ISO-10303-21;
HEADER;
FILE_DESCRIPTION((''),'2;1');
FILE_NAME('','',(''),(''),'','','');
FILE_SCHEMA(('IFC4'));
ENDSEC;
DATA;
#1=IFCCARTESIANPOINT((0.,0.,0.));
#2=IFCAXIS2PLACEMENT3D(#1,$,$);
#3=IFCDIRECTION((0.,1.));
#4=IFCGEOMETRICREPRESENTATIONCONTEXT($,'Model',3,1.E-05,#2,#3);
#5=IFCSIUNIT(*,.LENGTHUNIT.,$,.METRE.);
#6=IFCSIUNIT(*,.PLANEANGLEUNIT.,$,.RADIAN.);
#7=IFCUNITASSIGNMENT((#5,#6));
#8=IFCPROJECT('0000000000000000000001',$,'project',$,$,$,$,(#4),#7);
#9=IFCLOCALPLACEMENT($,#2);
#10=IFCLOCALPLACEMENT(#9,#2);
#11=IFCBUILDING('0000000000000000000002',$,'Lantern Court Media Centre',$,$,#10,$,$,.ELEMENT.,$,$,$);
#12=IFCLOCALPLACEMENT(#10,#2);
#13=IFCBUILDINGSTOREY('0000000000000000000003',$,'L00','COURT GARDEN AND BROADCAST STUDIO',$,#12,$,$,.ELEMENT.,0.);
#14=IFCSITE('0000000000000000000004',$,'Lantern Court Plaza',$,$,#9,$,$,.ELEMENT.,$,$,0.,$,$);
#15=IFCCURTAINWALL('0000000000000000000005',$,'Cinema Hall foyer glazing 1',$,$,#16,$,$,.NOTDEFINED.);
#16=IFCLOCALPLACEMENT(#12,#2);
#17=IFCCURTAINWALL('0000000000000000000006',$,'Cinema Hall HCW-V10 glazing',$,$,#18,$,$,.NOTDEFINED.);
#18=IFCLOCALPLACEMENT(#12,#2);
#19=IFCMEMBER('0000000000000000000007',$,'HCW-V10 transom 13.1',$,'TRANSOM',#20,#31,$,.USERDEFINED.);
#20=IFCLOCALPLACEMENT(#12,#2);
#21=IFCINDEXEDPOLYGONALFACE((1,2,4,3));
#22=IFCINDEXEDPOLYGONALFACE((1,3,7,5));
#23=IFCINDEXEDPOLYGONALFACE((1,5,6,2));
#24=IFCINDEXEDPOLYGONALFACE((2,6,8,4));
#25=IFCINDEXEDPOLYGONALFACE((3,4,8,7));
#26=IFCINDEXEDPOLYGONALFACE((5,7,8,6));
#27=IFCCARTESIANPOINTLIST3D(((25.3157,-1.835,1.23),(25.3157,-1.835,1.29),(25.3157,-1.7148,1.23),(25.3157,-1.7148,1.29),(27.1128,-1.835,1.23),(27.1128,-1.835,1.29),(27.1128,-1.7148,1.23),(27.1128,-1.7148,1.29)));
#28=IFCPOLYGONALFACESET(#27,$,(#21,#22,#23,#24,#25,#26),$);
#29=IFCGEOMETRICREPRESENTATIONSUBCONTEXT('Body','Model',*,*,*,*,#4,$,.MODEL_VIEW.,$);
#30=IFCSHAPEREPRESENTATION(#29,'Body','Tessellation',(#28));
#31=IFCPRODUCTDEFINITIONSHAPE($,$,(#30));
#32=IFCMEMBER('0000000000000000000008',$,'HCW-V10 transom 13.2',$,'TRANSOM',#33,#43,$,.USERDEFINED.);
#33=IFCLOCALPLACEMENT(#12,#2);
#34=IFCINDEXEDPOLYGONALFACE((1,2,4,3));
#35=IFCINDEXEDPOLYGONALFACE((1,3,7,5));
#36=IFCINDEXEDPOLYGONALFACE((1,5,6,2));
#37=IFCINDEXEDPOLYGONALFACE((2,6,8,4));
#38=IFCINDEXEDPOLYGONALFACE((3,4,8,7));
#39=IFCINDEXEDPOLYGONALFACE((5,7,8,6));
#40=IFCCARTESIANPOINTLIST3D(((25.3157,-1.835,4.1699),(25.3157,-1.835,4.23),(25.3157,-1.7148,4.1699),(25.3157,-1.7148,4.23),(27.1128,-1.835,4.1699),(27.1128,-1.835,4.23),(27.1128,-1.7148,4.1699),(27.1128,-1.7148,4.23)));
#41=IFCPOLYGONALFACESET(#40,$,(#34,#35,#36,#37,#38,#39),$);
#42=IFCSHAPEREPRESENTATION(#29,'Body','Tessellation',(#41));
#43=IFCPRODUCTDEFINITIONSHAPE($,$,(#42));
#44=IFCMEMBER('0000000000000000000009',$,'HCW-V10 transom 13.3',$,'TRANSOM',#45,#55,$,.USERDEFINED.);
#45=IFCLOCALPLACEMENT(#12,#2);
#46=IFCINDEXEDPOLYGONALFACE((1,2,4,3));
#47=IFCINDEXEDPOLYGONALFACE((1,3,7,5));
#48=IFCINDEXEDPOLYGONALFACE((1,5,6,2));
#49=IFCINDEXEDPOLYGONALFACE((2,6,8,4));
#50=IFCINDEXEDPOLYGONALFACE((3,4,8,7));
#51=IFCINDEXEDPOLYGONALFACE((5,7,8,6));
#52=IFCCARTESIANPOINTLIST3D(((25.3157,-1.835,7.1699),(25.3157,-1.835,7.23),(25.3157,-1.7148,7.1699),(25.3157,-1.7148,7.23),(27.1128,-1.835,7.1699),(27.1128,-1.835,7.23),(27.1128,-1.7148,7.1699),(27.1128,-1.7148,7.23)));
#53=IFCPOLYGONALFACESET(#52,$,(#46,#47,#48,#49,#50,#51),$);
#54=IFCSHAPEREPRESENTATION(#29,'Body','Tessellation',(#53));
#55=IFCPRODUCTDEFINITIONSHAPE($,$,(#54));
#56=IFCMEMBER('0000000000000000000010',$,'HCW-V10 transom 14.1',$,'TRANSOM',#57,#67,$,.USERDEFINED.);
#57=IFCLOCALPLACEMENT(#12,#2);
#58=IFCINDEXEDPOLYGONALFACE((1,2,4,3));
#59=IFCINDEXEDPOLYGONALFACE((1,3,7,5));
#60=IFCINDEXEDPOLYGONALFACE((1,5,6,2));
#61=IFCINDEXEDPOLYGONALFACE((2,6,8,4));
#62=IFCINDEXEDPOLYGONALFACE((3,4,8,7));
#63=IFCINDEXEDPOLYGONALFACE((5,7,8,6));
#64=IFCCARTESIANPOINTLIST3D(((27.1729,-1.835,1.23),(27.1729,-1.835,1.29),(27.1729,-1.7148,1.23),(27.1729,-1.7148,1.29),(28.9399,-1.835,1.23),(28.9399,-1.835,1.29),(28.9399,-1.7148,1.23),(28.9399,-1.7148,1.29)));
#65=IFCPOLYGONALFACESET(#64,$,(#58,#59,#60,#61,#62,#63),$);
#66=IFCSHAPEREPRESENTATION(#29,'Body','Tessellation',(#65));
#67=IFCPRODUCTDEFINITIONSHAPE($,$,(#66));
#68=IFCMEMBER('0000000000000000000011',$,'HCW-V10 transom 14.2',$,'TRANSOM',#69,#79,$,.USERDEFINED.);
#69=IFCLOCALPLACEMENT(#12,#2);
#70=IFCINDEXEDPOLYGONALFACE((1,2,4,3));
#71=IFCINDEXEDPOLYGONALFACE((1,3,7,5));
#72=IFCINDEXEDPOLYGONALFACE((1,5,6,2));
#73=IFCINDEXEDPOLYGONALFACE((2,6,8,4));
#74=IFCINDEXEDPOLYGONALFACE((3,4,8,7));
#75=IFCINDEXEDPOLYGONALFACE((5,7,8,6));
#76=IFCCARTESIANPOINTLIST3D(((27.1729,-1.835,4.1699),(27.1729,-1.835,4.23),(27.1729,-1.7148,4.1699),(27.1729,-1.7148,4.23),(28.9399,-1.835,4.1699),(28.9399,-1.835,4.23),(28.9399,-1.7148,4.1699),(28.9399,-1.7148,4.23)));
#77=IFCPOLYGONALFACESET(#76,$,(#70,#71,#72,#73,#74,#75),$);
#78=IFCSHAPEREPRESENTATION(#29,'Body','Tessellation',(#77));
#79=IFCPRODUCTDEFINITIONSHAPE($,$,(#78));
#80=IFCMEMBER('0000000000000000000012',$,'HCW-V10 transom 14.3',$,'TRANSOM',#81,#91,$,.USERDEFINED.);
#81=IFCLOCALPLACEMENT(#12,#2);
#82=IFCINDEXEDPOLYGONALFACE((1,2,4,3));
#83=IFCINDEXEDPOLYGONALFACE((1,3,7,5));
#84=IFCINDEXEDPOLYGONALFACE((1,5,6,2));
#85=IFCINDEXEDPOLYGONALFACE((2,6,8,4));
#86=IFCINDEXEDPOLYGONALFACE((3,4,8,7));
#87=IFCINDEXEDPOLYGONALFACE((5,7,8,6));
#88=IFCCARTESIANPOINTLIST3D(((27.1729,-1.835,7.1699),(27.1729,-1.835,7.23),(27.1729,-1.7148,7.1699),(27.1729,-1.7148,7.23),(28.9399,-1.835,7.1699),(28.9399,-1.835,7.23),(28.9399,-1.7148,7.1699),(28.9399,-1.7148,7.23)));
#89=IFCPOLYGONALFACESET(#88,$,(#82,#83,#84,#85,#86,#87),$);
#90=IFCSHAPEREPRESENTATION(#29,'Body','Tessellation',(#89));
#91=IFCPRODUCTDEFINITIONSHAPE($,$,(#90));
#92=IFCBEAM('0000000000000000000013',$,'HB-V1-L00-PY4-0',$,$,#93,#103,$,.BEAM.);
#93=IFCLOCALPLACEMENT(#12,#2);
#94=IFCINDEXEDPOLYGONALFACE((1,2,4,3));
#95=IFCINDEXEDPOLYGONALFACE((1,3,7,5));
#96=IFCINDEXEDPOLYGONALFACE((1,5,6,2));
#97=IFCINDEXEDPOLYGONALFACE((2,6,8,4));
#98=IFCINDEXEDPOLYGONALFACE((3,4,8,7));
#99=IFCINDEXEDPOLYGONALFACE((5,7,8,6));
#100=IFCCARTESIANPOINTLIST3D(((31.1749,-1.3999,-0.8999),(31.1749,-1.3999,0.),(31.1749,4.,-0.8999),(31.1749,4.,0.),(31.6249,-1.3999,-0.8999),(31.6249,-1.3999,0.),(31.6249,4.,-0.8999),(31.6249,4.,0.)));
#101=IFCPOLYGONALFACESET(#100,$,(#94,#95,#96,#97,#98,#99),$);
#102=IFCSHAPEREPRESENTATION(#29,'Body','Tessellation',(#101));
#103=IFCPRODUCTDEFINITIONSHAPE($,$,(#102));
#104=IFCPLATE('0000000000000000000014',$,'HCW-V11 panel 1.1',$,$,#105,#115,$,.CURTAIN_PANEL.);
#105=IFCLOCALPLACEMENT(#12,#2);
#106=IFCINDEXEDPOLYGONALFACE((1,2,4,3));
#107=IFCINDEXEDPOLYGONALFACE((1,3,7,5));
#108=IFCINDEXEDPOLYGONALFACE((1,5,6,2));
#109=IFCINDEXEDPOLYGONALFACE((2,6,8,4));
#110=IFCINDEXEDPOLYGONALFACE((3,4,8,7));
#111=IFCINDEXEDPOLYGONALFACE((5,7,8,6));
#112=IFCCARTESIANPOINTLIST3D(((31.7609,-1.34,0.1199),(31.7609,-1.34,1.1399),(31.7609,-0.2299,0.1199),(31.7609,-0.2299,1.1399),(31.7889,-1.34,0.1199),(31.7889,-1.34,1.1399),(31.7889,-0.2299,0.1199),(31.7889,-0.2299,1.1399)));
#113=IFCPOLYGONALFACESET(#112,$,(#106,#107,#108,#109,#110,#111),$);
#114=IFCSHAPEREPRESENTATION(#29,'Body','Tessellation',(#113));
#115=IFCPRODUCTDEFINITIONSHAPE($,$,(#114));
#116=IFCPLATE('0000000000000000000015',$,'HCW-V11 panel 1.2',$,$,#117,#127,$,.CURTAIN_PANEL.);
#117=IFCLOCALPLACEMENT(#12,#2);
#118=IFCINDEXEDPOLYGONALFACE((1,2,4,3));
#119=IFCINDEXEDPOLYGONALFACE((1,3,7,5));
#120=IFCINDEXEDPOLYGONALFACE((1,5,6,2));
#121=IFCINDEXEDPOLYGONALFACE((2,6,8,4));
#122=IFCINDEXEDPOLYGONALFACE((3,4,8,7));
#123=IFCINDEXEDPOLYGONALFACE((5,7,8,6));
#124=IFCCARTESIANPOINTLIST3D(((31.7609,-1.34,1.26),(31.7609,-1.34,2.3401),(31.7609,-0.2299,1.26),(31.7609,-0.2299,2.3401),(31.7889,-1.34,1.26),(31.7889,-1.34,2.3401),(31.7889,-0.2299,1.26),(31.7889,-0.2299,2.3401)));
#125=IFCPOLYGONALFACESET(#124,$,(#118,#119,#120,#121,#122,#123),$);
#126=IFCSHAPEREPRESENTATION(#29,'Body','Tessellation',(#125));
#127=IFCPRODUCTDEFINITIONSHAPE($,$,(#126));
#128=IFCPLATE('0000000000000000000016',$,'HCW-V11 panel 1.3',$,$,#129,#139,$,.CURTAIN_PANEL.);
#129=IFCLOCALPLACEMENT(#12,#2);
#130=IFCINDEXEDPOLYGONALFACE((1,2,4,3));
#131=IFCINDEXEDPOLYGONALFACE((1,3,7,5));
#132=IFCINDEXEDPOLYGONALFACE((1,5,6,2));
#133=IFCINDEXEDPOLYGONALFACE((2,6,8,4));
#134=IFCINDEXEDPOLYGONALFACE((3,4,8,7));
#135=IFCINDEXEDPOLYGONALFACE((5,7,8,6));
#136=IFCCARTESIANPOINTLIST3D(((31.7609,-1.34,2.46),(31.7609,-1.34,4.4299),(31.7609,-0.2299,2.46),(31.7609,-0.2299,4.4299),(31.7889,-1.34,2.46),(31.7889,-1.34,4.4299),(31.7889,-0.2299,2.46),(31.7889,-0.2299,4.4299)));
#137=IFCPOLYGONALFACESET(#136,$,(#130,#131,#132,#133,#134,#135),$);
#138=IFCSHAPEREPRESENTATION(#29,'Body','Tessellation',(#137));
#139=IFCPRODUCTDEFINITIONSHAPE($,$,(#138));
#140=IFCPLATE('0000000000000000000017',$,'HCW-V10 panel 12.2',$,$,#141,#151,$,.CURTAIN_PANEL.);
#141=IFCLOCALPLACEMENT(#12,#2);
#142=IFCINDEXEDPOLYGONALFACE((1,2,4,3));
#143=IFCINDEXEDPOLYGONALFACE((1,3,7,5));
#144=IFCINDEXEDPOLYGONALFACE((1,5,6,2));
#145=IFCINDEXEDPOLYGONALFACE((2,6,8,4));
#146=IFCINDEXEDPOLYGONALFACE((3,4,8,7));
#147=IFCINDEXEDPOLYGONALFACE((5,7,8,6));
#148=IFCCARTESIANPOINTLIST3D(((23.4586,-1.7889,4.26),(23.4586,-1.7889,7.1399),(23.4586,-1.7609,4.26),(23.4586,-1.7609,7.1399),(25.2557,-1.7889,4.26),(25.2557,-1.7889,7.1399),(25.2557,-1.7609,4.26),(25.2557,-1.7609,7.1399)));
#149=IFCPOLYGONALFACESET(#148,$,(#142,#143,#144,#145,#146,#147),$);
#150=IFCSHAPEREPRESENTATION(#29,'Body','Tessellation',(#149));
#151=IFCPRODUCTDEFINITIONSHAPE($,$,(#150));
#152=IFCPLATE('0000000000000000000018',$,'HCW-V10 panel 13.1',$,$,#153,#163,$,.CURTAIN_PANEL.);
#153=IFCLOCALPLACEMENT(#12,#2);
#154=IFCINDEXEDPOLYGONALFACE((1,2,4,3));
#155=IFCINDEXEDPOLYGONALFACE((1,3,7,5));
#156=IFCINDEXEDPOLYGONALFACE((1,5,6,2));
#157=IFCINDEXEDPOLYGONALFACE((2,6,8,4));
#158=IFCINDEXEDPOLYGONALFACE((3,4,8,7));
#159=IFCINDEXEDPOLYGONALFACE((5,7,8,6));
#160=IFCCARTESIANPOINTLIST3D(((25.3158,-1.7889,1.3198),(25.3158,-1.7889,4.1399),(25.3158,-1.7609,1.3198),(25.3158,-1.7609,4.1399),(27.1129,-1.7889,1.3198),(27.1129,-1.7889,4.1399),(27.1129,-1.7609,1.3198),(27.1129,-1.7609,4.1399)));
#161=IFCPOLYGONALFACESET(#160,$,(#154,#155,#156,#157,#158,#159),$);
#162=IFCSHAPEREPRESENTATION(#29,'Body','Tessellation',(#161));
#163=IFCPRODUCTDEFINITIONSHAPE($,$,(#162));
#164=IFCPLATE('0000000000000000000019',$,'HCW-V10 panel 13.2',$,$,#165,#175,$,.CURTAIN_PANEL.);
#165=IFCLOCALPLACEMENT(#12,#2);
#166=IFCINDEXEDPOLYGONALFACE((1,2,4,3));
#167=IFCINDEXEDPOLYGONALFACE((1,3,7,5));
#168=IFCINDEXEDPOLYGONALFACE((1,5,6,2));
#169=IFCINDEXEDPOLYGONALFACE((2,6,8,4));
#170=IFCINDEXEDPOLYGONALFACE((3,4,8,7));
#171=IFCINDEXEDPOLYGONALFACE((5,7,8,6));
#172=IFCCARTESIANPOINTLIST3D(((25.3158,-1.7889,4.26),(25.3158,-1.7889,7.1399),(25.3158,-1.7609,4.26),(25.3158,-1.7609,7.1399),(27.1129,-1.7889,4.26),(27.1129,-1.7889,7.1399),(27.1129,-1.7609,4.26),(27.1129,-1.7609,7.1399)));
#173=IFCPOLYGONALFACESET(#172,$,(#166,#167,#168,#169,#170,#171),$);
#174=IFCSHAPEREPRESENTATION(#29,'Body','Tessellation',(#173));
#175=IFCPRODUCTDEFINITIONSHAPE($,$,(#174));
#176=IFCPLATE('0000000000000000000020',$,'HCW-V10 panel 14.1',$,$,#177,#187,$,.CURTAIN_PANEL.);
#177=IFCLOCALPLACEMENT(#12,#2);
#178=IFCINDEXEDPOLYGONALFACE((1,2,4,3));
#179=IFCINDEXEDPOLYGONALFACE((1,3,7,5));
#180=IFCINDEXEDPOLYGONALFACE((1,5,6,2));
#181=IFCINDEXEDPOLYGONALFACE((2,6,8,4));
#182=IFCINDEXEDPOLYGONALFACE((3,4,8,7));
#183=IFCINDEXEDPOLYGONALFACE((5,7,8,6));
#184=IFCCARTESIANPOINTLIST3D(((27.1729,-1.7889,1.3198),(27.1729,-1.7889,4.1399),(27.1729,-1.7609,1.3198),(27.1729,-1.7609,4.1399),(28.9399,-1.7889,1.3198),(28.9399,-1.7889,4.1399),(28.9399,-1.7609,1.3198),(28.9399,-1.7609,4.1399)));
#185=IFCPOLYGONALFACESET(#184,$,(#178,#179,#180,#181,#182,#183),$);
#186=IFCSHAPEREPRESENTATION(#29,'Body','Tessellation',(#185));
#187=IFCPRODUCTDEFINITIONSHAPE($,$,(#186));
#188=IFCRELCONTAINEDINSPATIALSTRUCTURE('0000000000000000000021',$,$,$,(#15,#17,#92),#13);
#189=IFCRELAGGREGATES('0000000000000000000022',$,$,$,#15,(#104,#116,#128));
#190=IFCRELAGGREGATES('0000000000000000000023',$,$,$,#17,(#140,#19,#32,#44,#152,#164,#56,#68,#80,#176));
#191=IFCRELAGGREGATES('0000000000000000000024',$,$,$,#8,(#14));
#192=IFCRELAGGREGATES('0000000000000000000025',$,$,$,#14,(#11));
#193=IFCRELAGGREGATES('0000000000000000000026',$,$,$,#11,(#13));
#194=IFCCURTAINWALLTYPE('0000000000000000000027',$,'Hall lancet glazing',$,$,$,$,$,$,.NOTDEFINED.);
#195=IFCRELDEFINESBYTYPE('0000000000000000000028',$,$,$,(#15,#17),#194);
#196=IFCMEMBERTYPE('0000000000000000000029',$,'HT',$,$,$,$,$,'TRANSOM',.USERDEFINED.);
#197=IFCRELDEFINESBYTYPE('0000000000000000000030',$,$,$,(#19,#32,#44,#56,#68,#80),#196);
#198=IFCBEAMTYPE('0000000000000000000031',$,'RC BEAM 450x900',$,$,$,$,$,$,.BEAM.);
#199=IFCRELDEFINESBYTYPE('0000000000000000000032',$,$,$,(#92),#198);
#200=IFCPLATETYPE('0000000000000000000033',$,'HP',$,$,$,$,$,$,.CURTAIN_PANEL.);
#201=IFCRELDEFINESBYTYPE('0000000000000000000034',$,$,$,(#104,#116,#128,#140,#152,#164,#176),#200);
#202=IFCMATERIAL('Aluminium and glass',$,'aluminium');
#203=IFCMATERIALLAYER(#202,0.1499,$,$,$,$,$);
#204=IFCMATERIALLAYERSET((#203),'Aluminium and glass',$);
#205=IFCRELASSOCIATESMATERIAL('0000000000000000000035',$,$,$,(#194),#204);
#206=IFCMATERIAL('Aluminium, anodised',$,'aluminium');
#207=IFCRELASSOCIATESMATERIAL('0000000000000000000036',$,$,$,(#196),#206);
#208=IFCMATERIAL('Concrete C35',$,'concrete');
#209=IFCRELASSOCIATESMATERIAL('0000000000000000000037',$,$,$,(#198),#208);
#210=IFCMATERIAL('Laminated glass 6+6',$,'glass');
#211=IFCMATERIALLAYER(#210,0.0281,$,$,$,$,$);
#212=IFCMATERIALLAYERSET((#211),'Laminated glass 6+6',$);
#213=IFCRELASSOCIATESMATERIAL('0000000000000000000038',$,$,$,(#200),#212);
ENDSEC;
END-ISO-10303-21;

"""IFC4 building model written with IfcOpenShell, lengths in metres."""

from ifc_helpers import new_model, si_unit, direction, frame, origin, origin_2d, place, context, subcontext, project, spatial, rectangle, extrude, material, layer, layer_set, material_profile, profile_set, type_object, element, aggregate, save


model = new_model("IFC4")

# Units and contexts
model_context = context("Model", 3, precision=1e-05, world=origin(), true_north=direction((0.0, 1.0)))
body_context = subcontext(model_context, "Body", "Model", "MODEL_VIEW")
ifc_project = project(units=[si_unit("LENGTHUNIT", "METRE"), si_unit("PLANEANGLEUNIT", "RADIAN")], contexts=[model_context])

# Site, building, storey
site_placement = place(None, origin())
site = spatial("IfcSite", under=ifc_project, at=site_placement, Name="Lantern Court Plaza", CompositionType="ELEMENT", RefElevation=0.0)
building_placement = place(site_placement, origin())
building = spatial("IfcBuilding", under=site, at=building_placement, Name="Lantern Court Media Centre", CompositionType="ELEMENT")
storey_placement = place(building_placement, origin())
storey = spatial("IfcBuildingStorey", under=building, at=storey_placement, Name="L00", Description="COURT GARDEN AND BROADCAST STUDIO", CompositionType="ELEMENT", Elevation=0.0)

# Shared definitions
ifc_material_1 = material(Name="Concrete C35", Category="concrete")

# Curtain walls
ifc_material_2 = material(Name="Aluminium and glass", Category="aluminium")
ifc_layer_1 = layer(ifc_material_2, 0.1499)
ifc_layer_set_1 = layer_set([ifc_layer_1], Name="Aluminium and glass")
curtain_wall_type = type_object("IfcCurtainWallType", Name="Hall lancet glazing", PredefinedType="NOTDEFINED", material=ifc_layer_set_1)
curtain_wall_1_placement = place(storey_placement, origin())
curtain_wall_1 = element("IfcCurtainWall", 1, at=curtain_wall_1_placement, inside=storey, type_object=curtain_wall_type, Name="Cinema Hall foyer glazing 1", PredefinedType="NOTDEFINED")
ifc_material_3 = material(Name="Aluminium, anodised", Category="aluminium")
curtain_wall_2_placement = place(storey_placement, origin())
curtain_wall_2 = element("IfcCurtainWall", 2, at=curtain_wall_2_placement, inside=storey, type_object=curtain_wall_type, Name="Cinema Hall HCW-V10 glazing", PredefinedType="NOTDEFINED")

# Members
ifc_material_profile_1 = material_profile(ifc_material_3, rectangle(XDim=0.1201, YDim=0.0601, at=origin_2d()), Name="HT")
ifc_profile_set_1 = profile_set([ifc_material_profile_1], Name="Aluminium, anodised")
member_type_1 = type_object("IfcMemberType", Name="HT", ElementType="TRANSOM", PredefinedType="USERDEFINED", material=ifc_profile_set_1)
member_1_placement = place(storey_placement, frame((25.3157, -1.7749, 1.26), z_axis=(1.0, 0.0, 0.0), x_axis=(0.0, 1.0, 0.0)))
member_1 = element("IfcMember", 3, at=member_1_placement, type_object=member_type_1, Name="HCW-V10 transom 13.1", ObjectType="TRANSOM", PredefinedType="USERDEFINED", context=body_context, shape_type="SweptSolid", body=[
    extrude(rectangle(XDim=0.1201, YDim=0.0601, at=origin_2d()), origin(), (0.0, 0.0, 1.0), 1.7971),
])
member_2_placement = place(storey_placement, frame((25.3157, -1.7749, 4.2), z_axis=(1.0, 0.0, 0.0), x_axis=(0.0, 1.0, 0.0)))
member_2 = element("IfcMember", 4, at=member_2_placement, type_object=member_type_1, Name="HCW-V10 transom 13.2", ObjectType="TRANSOM", PredefinedType="USERDEFINED", context=body_context, shape_type="SweptSolid", body=[
    extrude(rectangle(XDim=0.1201, YDim=0.0601, at=origin_2d()), origin(), (0.0, 0.0, 1.0), 1.7971),
])
member_3_placement = place(storey_placement, frame((25.3157, -1.7749, 7.2), z_axis=(1.0, 0.0, 0.0), x_axis=(0.0, 1.0, 0.0)))
member_3 = element("IfcMember", 5, at=member_3_placement, type_object=member_type_1, Name="HCW-V10 transom 13.3", ObjectType="TRANSOM", PredefinedType="USERDEFINED", context=body_context, shape_type="SweptSolid", body=[
    extrude(rectangle(XDim=0.1201, YDim=0.0601, at=origin_2d()), origin(), (0.0, 0.0, 1.0), 1.7971),
])
member_4_placement = place(storey_placement, frame((27.1729, -1.7749, 1.26), z_axis=(1.0, 0.0, 0.0), x_axis=(0.0, 1.0, 0.0)))
member_4 = element("IfcMember", 6, at=member_4_placement, type_object=member_type_1, Name="HCW-V10 transom 14.1", ObjectType="TRANSOM", PredefinedType="USERDEFINED", context=body_context, shape_type="SweptSolid", body=[
    extrude(rectangle(XDim=0.1201, YDim=0.0601, at=origin_2d()), origin(), (0.0, 0.0, 1.0), 1.7671),
])
member_5_placement = place(storey_placement, frame((27.1729, -1.7749, 4.2), z_axis=(1.0, 0.0, 0.0), x_axis=(0.0, 1.0, 0.0)))
member_5 = element("IfcMember", 7, at=member_5_placement, type_object=member_type_1, Name="HCW-V10 transom 14.2", ObjectType="TRANSOM", PredefinedType="USERDEFINED", context=body_context, shape_type="SweptSolid", body=[
    extrude(rectangle(XDim=0.1201, YDim=0.0601, at=origin_2d()), origin(), (0.0, 0.0, 1.0), 1.7671),
])
member_6_placement = place(storey_placement, frame((27.1729, -1.7749, 7.2), z_axis=(1.0, 0.0, 0.0), x_axis=(0.0, 1.0, 0.0)))
member_6 = element("IfcMember", 8, at=member_6_placement, type_object=member_type_1, Name="HCW-V10 transom 14.3", ObjectType="TRANSOM", PredefinedType="USERDEFINED", context=body_context, shape_type="SweptSolid", body=[
    extrude(rectangle(XDim=0.1201, YDim=0.0601, at=origin_2d()), origin(), (0.0, 0.0, 1.0), 1.7671),
])

# Beam
ifc_material_profile_2 = material_profile(ifc_material_1, rectangle(XDim=0.45, YDim=0.8999, at=origin_2d()), Name="RC 450x900")
ifc_profile_set_2 = profile_set([ifc_material_profile_2], Name="Concrete C35")
beam_type = type_object("IfcBeamType", Name="RC BEAM 450x900", PredefinedType="BEAM", material=ifc_profile_set_2)
beam_placement = place(storey_placement, frame((31.3999, -1.3999, -0.45), z_axis=(0.0, 1.0, 0.0), x_axis=(-1.0, 0.0, 0.0)))
element("IfcBeam", 9, at=beam_placement, inside=storey, type_object=beam_type, Name="HB-V1-L00-PY4-0", PredefinedType="BEAM", context=body_context, shape_type="SweptSolid", body=[
    extrude(rectangle(XDim=0.45, YDim=0.8999, at=origin_2d()), origin(), (0.0, 0.0, 1.0), 5.3999),
])

# Plates
ifc_material_4 = material(Name="Laminated glass 6+6", Category="glass")
ifc_layer_2 = layer(ifc_material_4, 0.0281)
ifc_layer_set_2 = layer_set([ifc_layer_2], Name="Laminated glass 6+6")
plate_type = type_object("IfcPlateType", Name="HP", PredefinedType="CURTAIN_PANEL", material=ifc_layer_set_2)
plate_1_placement = place(storey_placement, frame((31.7749, -0.7849, 0.1199), z_axis=(0.0, 0.0, 1.0), x_axis=(0.0, 1.0, 0.0)))
plate_1 = element("IfcPlate", 10, at=plate_1_placement, type_object=plate_type, Name="HCW-V11 panel 1.1", PredefinedType="CURTAIN_PANEL", context=body_context, shape_type="SweptSolid", body=[
    extrude(rectangle(XDim=1.1101, YDim=0.0281, at=origin_2d()), origin(), (0.0, 0.0, 1.0), 1.02),
])
plate_2_placement = place(storey_placement, frame((31.7749, -0.7849, 1.26), z_axis=(0.0, 0.0, 1.0), x_axis=(0.0, 1.0, 0.0)))
plate_2 = element("IfcPlate", 11, at=plate_2_placement, type_object=plate_type, Name="HCW-V11 panel 1.2", PredefinedType="CURTAIN_PANEL", context=body_context, shape_type="SweptSolid", body=[
    extrude(rectangle(XDim=1.1101, YDim=0.0281, at=origin_2d()), origin(), (0.0, 0.0, 1.0), 1.0801),
])
plate_3_placement = place(storey_placement, frame((31.7749, -0.7849, 2.46), z_axis=(0.0, 0.0, 1.0), x_axis=(0.0, 1.0, 0.0)))
plate_3 = element("IfcPlate", 12, at=plate_3_placement, type_object=plate_type, Name="HCW-V11 panel 1.3", PredefinedType="CURTAIN_PANEL", context=body_context, shape_type="SweptSolid", body=[
    extrude(rectangle(XDim=1.1101, YDim=0.0281, at=origin_2d()), origin(), (0.0, 0.0, 1.0), 1.97),
])
aggregate(curtain_wall_1, [plate_1, plate_2, plate_3])
plate_4_placement = place(storey_placement, frame((24.3572, -1.7749, 4.26), z_axis=(0.0, 0.0, 1.0), x_axis=(1.0, 0.0, 0.0)))
plate_4 = element("IfcPlate", 13, at=plate_4_placement, type_object=plate_type, Name="HCW-V10 panel 12.2", PredefinedType="CURTAIN_PANEL", context=body_context, shape_type="SweptSolid", body=[
    extrude(rectangle(XDim=1.7971, YDim=0.0281, at=origin_2d()), origin(), (0.0, 0.0, 1.0), 2.8799),
])
plate_5_placement = place(storey_placement, frame((26.2144, -1.7749, 1.3198), z_axis=(0.0, 0.0, 1.0), x_axis=(1.0, 0.0, 0.0)))
plate_5 = element("IfcPlate", 14, at=plate_5_placement, type_object=plate_type, Name="HCW-V10 panel 13.1", PredefinedType="CURTAIN_PANEL", context=body_context, shape_type="SweptSolid", body=[
    extrude(rectangle(XDim=1.7971, YDim=0.0281, at=origin_2d()), origin(), (0.0, 0.0, 1.0), 2.8201),
])
plate_6_placement = place(storey_placement, frame((26.2144, -1.7749, 4.26), z_axis=(0.0, 0.0, 1.0), x_axis=(1.0, 0.0, 0.0)))
plate_6 = element("IfcPlate", 15, at=plate_6_placement, type_object=plate_type, Name="HCW-V10 panel 13.2", PredefinedType="CURTAIN_PANEL", context=body_context, shape_type="SweptSolid", body=[
    extrude(rectangle(XDim=1.7971, YDim=0.0281, at=origin_2d()), origin(), (0.0, 0.0, 1.0), 2.8799),
])
plate_7_placement = place(storey_placement, frame((28.0564, -1.7749, 1.3198), z_axis=(0.0, 0.0, 1.0), x_axis=(1.0, 0.0, 0.0)))
plate_7 = element("IfcPlate", 16, at=plate_7_placement, type_object=plate_type, Name="HCW-V10 panel 14.1", PredefinedType="CURTAIN_PANEL", context=body_context, shape_type="SweptSolid", body=[
    extrude(rectangle(XDim=1.7671, YDim=0.0281, at=origin_2d()), origin(), (0.0, 0.0, 1.0), 2.8201),
])
aggregate(curtain_wall_2, [plate_4, member_1, member_2, member_3, plate_5, plate_6, member_4, member_5, member_6, plate_7])

save(model, "model.ifc")
